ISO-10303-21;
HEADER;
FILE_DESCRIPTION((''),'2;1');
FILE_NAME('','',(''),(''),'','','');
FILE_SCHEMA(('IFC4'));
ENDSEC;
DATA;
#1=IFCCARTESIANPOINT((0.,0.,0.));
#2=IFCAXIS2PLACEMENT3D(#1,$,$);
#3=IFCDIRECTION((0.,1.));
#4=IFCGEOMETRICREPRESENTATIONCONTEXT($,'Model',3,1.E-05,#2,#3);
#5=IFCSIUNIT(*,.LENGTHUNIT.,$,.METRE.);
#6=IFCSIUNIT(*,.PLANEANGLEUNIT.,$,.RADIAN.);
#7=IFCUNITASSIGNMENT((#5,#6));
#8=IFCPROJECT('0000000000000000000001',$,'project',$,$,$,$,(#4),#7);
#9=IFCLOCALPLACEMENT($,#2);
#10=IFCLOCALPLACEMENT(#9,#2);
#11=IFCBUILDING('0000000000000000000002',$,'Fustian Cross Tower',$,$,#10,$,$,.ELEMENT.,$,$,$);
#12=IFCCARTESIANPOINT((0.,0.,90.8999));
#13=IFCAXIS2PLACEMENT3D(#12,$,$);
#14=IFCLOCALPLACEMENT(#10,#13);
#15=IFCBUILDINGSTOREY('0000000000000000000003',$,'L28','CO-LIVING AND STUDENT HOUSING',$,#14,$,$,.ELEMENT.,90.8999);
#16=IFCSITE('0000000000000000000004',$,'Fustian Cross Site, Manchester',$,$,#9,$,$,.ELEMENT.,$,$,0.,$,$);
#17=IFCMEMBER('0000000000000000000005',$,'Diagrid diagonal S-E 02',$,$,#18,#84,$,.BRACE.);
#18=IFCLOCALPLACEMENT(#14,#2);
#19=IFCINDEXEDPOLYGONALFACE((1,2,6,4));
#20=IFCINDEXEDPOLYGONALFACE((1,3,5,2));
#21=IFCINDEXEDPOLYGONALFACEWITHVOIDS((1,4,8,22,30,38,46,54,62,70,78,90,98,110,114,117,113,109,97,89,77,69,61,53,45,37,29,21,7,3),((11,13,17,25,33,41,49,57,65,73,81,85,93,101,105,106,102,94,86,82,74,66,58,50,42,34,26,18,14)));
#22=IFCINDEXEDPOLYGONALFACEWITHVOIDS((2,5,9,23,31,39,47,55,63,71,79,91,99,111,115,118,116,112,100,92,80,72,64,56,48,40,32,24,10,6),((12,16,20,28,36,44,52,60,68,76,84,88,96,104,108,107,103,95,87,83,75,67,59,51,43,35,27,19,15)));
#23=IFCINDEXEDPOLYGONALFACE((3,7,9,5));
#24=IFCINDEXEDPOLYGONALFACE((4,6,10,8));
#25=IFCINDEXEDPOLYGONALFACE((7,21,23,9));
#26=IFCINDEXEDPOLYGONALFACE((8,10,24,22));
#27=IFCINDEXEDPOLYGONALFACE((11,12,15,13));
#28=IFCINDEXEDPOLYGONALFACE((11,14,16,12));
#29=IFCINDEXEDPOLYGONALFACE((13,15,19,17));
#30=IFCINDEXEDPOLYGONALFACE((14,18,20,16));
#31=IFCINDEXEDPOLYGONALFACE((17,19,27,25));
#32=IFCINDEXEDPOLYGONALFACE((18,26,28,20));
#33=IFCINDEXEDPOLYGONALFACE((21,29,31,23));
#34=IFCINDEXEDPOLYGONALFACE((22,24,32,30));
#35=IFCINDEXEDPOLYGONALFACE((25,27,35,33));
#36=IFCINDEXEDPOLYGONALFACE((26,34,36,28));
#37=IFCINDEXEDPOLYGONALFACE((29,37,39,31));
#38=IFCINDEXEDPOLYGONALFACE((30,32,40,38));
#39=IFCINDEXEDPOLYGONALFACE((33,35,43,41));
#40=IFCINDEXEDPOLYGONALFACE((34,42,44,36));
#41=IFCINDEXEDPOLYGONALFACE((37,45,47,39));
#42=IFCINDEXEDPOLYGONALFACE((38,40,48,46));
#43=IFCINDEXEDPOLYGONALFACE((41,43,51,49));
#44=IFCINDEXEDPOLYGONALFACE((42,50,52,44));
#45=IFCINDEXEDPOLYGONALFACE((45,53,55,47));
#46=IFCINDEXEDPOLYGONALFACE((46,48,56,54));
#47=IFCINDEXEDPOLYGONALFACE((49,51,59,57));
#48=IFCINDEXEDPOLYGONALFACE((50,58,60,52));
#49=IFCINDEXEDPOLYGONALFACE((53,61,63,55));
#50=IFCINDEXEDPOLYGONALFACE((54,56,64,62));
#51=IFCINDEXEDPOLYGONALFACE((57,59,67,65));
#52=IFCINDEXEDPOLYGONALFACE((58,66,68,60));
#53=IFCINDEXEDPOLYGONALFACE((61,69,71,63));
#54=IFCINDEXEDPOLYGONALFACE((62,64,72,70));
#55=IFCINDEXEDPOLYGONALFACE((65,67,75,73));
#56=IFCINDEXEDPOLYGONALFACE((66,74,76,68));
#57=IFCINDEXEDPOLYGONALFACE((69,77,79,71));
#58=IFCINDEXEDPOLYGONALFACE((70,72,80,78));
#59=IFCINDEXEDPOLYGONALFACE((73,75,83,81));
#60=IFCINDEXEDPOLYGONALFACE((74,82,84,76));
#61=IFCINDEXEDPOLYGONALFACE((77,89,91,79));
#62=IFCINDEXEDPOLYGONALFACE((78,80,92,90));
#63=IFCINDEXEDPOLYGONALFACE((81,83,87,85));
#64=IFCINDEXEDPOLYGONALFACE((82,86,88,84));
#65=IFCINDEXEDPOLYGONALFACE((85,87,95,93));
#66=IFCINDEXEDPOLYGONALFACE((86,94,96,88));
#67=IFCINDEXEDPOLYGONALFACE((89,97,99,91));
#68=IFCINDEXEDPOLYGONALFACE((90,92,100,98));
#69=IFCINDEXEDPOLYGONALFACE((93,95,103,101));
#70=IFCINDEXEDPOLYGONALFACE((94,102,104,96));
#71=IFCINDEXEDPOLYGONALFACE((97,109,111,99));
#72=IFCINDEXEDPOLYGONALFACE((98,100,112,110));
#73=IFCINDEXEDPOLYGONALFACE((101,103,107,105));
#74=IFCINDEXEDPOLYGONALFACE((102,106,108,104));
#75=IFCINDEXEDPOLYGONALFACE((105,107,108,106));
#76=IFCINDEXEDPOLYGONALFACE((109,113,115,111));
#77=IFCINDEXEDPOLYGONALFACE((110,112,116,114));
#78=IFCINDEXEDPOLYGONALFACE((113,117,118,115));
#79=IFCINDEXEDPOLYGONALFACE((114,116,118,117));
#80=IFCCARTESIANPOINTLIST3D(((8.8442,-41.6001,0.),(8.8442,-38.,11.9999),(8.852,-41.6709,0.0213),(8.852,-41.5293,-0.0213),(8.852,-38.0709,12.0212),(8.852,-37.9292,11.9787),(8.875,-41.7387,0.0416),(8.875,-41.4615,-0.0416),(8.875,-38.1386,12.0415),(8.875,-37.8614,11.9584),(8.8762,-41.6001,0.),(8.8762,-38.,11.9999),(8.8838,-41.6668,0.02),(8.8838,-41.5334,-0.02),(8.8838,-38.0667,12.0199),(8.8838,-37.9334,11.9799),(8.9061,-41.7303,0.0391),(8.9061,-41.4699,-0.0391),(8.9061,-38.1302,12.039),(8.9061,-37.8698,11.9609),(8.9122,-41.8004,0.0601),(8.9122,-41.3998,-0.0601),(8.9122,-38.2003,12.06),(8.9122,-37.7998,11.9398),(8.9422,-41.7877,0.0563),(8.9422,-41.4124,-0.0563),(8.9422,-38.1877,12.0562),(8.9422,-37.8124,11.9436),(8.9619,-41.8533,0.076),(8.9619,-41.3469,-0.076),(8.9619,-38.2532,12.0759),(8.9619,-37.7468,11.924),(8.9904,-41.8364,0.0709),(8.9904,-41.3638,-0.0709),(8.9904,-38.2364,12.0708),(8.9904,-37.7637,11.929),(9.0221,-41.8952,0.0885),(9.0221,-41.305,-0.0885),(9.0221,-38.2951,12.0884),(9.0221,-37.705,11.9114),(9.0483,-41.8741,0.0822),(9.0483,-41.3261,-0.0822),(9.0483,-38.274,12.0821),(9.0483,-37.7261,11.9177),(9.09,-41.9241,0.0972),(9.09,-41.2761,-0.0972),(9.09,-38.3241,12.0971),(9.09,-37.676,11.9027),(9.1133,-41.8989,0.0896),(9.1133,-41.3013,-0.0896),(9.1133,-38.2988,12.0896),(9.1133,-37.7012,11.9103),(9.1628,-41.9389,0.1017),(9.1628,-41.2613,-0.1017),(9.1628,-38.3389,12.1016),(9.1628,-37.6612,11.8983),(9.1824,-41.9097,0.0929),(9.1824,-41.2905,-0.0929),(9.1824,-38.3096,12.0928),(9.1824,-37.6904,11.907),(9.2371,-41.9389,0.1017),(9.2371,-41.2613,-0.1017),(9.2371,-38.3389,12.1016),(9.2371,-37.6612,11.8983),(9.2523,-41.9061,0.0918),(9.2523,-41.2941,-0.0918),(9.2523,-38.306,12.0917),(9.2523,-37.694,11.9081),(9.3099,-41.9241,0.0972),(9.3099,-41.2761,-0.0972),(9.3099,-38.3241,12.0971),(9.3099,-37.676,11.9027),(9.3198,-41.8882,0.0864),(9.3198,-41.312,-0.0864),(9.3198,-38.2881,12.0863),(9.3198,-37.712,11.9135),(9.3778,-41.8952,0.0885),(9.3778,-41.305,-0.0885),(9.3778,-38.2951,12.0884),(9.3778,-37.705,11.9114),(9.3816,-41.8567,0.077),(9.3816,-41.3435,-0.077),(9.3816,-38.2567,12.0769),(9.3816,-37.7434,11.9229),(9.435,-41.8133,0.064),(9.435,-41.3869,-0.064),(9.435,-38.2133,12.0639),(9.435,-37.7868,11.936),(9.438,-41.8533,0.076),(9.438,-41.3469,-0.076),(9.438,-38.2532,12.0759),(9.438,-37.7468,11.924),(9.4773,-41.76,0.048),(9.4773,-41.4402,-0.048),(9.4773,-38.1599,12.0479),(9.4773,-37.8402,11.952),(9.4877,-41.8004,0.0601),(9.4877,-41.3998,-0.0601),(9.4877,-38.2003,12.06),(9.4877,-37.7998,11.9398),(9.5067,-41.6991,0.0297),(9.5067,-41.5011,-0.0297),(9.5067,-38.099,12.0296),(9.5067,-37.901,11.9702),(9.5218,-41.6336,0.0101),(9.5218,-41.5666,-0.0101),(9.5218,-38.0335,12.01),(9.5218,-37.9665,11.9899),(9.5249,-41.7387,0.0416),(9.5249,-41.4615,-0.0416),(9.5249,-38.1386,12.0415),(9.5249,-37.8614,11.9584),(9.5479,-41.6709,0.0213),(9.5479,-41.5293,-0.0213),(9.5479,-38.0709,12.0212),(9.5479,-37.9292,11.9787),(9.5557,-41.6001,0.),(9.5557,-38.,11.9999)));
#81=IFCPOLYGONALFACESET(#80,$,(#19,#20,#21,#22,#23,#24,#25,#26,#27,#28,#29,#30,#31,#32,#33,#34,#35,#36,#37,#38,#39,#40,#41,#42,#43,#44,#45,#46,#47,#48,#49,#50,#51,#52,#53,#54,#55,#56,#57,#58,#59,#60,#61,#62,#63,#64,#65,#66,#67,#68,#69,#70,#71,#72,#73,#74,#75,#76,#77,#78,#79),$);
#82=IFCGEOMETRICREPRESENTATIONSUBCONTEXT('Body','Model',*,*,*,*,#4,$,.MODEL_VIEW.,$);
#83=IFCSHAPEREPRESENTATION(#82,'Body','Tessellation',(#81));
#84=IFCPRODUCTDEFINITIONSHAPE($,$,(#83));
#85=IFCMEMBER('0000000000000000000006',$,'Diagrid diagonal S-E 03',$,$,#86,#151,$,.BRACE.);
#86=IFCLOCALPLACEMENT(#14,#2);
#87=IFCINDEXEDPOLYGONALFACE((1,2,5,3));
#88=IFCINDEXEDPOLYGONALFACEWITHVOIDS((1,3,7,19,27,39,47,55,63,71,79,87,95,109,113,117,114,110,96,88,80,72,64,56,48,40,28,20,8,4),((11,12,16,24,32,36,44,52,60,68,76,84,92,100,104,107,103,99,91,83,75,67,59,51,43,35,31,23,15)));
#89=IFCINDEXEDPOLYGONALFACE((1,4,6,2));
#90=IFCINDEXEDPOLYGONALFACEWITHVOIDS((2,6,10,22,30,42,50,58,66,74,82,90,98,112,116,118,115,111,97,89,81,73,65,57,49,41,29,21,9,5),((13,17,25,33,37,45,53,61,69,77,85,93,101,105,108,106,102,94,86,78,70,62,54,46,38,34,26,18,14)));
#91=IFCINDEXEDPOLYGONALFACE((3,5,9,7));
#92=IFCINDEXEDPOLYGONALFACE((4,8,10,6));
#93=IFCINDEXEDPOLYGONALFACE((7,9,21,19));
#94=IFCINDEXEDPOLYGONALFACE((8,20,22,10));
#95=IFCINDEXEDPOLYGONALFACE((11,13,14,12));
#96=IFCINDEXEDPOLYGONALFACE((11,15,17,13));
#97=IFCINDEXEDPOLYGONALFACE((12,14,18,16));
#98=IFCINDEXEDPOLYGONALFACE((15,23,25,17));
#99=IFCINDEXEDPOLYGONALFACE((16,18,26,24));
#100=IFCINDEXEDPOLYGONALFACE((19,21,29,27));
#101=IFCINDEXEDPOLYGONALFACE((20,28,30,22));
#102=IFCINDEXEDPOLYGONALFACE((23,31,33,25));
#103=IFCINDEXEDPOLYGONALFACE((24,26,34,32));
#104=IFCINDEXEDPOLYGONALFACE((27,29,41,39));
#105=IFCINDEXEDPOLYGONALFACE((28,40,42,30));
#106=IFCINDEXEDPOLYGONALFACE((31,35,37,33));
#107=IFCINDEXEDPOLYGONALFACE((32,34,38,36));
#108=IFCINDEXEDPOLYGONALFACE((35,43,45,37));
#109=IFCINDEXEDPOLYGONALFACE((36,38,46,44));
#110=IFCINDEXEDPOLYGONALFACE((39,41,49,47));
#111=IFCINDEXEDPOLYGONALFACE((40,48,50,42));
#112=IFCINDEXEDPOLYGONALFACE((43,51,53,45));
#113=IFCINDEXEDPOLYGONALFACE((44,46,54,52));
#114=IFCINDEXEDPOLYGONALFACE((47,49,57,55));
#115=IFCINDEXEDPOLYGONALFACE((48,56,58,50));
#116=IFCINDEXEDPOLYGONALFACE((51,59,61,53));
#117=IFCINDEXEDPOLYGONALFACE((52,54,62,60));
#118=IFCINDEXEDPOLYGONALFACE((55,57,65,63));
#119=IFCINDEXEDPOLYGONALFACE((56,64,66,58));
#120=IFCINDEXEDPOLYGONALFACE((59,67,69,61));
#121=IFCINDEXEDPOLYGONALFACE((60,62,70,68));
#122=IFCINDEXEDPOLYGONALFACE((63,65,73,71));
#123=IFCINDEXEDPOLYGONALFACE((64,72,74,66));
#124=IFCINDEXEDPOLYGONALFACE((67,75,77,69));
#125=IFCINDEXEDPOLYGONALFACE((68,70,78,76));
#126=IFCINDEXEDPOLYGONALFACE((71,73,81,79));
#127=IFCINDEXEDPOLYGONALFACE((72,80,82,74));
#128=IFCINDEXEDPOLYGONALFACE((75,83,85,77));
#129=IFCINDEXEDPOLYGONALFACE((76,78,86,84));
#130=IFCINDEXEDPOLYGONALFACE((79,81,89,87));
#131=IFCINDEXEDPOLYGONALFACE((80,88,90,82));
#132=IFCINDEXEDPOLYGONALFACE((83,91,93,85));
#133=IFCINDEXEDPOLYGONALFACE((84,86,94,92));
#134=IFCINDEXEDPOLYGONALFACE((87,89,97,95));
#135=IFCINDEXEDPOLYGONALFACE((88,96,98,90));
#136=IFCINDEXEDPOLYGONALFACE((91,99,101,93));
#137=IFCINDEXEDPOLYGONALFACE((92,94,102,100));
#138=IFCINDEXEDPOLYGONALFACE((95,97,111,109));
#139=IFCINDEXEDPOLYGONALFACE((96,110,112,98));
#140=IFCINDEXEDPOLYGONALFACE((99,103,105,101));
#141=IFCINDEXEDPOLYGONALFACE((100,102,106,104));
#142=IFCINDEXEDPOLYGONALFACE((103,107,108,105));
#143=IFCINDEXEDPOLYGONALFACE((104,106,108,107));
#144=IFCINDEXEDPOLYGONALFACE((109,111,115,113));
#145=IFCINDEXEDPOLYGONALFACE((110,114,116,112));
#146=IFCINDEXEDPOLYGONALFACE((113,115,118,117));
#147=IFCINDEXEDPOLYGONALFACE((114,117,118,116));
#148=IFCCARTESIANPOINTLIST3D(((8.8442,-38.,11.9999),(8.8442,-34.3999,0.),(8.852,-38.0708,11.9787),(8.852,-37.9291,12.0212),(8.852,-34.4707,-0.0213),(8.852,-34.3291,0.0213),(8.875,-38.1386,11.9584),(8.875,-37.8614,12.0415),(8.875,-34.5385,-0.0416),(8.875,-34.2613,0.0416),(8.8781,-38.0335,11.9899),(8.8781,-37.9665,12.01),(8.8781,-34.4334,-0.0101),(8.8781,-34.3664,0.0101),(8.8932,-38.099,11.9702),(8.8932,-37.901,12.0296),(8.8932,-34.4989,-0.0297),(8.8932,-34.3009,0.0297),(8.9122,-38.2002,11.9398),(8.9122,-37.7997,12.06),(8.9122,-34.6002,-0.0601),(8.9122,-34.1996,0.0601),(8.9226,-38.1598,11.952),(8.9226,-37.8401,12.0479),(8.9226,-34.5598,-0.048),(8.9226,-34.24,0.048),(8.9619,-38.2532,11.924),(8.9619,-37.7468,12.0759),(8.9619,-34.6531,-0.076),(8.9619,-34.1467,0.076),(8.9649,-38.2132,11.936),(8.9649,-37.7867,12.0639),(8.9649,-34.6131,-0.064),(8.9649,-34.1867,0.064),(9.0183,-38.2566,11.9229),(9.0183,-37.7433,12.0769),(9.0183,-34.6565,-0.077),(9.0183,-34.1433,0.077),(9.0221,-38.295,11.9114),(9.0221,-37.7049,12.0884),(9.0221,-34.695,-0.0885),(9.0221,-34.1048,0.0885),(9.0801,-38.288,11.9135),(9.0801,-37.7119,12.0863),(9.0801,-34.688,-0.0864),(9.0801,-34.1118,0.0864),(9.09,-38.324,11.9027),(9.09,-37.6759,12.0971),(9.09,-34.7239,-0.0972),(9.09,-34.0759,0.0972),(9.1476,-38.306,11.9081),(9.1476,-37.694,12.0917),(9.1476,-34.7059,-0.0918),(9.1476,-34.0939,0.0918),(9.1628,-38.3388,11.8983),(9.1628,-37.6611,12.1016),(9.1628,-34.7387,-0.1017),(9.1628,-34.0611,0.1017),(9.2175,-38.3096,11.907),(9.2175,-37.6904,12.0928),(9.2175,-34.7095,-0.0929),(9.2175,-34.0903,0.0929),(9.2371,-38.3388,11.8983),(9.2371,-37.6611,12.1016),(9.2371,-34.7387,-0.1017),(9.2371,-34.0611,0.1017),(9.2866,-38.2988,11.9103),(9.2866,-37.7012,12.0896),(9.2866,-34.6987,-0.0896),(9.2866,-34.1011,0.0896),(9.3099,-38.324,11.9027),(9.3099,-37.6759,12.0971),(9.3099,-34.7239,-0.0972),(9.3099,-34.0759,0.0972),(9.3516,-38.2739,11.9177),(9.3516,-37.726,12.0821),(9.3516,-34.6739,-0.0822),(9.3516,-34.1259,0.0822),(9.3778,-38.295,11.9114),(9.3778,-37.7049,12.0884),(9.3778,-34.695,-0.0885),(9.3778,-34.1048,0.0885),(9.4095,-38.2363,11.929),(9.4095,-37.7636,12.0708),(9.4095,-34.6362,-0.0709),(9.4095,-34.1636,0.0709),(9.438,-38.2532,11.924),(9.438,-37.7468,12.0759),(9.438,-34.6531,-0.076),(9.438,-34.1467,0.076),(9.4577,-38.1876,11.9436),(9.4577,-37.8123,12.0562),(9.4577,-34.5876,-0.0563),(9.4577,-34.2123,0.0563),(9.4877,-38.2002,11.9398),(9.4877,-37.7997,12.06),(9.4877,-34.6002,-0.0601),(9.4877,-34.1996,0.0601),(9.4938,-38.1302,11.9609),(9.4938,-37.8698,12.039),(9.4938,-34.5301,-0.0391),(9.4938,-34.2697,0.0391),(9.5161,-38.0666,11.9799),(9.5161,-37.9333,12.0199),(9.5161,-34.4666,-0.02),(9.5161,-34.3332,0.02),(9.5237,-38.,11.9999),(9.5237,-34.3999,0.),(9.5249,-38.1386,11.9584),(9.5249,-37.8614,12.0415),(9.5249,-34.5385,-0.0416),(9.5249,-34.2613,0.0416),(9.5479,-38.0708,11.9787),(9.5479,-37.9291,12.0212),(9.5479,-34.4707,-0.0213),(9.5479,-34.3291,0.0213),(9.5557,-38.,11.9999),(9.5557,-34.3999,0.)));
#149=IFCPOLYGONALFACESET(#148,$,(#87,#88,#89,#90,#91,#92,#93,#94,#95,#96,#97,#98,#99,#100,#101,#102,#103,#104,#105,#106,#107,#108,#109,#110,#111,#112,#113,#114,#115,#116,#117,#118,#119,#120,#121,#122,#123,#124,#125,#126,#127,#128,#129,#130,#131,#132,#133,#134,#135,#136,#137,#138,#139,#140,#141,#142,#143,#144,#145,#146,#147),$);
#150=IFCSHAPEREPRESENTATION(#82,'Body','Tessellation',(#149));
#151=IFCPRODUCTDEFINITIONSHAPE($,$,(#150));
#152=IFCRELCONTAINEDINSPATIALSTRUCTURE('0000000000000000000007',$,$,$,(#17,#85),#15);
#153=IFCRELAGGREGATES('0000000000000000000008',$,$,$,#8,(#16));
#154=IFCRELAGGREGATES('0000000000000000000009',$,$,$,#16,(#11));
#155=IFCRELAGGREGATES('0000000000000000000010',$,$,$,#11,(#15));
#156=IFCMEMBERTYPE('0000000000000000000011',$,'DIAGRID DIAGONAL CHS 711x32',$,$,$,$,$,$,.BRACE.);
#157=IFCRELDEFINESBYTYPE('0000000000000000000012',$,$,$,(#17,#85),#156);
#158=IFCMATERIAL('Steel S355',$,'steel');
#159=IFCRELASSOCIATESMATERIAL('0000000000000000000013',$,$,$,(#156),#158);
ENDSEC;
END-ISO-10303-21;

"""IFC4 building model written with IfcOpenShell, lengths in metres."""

from ifc_helpers import new_model, si_unit, direction, frame, origin, origin_2d, place, context, subcontext, project, spatial, hollow_circle, extrude, material, material_profile, profile_set, type_object, element, save


model = new_model("IFC4")

# Units and contexts
model_context = context("Model", 3, precision=1e-05, world=origin(), true_north=direction((0.0, 1.0)))
body_context = subcontext(model_context, "Body", "Model", "MODEL_VIEW")
ifc_project = project(units=[si_unit("LENGTHUNIT", "METRE"), si_unit("PLANEANGLEUNIT", "RADIAN")], contexts=[model_context])

# Site, building, storey
site_placement = place(None, origin())
site = spatial("IfcSite", under=ifc_project, at=site_placement, Name="Fustian Cross Site, Manchester", CompositionType="ELEMENT", RefElevation=0.0)
building_placement = place(site_placement, origin())
building = spatial("IfcBuilding", under=site, at=building_placement, Name="Fustian Cross Tower", CompositionType="ELEMENT")
storey_placement = place(building_placement, frame((0.0, 0.0, 90.8999)))
storey = spatial("IfcBuildingStorey", under=building, at=storey_placement, Name="L28", Description="CO-LIVING AND STUDENT HOUSING", CompositionType="ELEMENT", Elevation=90.8999)

# Members
ifc_material_1 = material(Name="Steel S355", Category="steel")
ifc_material_profile_1 = material_profile(ifc_material_1, hollow_circle(Radius=0.3557, WallThickness=0.032, at=origin_2d()), Name="CHS 711x32")
ifc_profile_set_1 = profile_set([ifc_material_profile_1], Name="Steel S355")
member_type_1 = type_object("IfcMemberType", Name="DIAGRID DIAGONAL CHS 711x32", PredefinedType="BRACE", material=ifc_profile_set_1)
for number, where, z_axis, x_axis, name in (
    (1, (9.2, -41.6001, 0.0), (0.0, 0.287355, 0.957824), (-1.0, 0.0, 0.0), "Diagrid diagonal S-E 02"),
    (2, (9.2, -34.3999, 0.0), (0.0, -0.287355, 0.957824), (1.0, 0.0, 0.0), "Diagrid diagonal S-E 03"),
):
    element("IfcMember", number, at=place(storey_placement, frame(where, z_axis=z_axis, x_axis=x_axis)), inside=storey, type_object=member_type_1, Name=name, PredefinedType="BRACE", context=body_context, shape_type="SweptSolid", body=[
        extrude(hollow_circle(Radius=0.3557, WallThickness=0.032, at=origin_2d()), origin(), (0.0, 0.0, 1.0), 12.5283),
    ])

save(model, "model.ifc")
